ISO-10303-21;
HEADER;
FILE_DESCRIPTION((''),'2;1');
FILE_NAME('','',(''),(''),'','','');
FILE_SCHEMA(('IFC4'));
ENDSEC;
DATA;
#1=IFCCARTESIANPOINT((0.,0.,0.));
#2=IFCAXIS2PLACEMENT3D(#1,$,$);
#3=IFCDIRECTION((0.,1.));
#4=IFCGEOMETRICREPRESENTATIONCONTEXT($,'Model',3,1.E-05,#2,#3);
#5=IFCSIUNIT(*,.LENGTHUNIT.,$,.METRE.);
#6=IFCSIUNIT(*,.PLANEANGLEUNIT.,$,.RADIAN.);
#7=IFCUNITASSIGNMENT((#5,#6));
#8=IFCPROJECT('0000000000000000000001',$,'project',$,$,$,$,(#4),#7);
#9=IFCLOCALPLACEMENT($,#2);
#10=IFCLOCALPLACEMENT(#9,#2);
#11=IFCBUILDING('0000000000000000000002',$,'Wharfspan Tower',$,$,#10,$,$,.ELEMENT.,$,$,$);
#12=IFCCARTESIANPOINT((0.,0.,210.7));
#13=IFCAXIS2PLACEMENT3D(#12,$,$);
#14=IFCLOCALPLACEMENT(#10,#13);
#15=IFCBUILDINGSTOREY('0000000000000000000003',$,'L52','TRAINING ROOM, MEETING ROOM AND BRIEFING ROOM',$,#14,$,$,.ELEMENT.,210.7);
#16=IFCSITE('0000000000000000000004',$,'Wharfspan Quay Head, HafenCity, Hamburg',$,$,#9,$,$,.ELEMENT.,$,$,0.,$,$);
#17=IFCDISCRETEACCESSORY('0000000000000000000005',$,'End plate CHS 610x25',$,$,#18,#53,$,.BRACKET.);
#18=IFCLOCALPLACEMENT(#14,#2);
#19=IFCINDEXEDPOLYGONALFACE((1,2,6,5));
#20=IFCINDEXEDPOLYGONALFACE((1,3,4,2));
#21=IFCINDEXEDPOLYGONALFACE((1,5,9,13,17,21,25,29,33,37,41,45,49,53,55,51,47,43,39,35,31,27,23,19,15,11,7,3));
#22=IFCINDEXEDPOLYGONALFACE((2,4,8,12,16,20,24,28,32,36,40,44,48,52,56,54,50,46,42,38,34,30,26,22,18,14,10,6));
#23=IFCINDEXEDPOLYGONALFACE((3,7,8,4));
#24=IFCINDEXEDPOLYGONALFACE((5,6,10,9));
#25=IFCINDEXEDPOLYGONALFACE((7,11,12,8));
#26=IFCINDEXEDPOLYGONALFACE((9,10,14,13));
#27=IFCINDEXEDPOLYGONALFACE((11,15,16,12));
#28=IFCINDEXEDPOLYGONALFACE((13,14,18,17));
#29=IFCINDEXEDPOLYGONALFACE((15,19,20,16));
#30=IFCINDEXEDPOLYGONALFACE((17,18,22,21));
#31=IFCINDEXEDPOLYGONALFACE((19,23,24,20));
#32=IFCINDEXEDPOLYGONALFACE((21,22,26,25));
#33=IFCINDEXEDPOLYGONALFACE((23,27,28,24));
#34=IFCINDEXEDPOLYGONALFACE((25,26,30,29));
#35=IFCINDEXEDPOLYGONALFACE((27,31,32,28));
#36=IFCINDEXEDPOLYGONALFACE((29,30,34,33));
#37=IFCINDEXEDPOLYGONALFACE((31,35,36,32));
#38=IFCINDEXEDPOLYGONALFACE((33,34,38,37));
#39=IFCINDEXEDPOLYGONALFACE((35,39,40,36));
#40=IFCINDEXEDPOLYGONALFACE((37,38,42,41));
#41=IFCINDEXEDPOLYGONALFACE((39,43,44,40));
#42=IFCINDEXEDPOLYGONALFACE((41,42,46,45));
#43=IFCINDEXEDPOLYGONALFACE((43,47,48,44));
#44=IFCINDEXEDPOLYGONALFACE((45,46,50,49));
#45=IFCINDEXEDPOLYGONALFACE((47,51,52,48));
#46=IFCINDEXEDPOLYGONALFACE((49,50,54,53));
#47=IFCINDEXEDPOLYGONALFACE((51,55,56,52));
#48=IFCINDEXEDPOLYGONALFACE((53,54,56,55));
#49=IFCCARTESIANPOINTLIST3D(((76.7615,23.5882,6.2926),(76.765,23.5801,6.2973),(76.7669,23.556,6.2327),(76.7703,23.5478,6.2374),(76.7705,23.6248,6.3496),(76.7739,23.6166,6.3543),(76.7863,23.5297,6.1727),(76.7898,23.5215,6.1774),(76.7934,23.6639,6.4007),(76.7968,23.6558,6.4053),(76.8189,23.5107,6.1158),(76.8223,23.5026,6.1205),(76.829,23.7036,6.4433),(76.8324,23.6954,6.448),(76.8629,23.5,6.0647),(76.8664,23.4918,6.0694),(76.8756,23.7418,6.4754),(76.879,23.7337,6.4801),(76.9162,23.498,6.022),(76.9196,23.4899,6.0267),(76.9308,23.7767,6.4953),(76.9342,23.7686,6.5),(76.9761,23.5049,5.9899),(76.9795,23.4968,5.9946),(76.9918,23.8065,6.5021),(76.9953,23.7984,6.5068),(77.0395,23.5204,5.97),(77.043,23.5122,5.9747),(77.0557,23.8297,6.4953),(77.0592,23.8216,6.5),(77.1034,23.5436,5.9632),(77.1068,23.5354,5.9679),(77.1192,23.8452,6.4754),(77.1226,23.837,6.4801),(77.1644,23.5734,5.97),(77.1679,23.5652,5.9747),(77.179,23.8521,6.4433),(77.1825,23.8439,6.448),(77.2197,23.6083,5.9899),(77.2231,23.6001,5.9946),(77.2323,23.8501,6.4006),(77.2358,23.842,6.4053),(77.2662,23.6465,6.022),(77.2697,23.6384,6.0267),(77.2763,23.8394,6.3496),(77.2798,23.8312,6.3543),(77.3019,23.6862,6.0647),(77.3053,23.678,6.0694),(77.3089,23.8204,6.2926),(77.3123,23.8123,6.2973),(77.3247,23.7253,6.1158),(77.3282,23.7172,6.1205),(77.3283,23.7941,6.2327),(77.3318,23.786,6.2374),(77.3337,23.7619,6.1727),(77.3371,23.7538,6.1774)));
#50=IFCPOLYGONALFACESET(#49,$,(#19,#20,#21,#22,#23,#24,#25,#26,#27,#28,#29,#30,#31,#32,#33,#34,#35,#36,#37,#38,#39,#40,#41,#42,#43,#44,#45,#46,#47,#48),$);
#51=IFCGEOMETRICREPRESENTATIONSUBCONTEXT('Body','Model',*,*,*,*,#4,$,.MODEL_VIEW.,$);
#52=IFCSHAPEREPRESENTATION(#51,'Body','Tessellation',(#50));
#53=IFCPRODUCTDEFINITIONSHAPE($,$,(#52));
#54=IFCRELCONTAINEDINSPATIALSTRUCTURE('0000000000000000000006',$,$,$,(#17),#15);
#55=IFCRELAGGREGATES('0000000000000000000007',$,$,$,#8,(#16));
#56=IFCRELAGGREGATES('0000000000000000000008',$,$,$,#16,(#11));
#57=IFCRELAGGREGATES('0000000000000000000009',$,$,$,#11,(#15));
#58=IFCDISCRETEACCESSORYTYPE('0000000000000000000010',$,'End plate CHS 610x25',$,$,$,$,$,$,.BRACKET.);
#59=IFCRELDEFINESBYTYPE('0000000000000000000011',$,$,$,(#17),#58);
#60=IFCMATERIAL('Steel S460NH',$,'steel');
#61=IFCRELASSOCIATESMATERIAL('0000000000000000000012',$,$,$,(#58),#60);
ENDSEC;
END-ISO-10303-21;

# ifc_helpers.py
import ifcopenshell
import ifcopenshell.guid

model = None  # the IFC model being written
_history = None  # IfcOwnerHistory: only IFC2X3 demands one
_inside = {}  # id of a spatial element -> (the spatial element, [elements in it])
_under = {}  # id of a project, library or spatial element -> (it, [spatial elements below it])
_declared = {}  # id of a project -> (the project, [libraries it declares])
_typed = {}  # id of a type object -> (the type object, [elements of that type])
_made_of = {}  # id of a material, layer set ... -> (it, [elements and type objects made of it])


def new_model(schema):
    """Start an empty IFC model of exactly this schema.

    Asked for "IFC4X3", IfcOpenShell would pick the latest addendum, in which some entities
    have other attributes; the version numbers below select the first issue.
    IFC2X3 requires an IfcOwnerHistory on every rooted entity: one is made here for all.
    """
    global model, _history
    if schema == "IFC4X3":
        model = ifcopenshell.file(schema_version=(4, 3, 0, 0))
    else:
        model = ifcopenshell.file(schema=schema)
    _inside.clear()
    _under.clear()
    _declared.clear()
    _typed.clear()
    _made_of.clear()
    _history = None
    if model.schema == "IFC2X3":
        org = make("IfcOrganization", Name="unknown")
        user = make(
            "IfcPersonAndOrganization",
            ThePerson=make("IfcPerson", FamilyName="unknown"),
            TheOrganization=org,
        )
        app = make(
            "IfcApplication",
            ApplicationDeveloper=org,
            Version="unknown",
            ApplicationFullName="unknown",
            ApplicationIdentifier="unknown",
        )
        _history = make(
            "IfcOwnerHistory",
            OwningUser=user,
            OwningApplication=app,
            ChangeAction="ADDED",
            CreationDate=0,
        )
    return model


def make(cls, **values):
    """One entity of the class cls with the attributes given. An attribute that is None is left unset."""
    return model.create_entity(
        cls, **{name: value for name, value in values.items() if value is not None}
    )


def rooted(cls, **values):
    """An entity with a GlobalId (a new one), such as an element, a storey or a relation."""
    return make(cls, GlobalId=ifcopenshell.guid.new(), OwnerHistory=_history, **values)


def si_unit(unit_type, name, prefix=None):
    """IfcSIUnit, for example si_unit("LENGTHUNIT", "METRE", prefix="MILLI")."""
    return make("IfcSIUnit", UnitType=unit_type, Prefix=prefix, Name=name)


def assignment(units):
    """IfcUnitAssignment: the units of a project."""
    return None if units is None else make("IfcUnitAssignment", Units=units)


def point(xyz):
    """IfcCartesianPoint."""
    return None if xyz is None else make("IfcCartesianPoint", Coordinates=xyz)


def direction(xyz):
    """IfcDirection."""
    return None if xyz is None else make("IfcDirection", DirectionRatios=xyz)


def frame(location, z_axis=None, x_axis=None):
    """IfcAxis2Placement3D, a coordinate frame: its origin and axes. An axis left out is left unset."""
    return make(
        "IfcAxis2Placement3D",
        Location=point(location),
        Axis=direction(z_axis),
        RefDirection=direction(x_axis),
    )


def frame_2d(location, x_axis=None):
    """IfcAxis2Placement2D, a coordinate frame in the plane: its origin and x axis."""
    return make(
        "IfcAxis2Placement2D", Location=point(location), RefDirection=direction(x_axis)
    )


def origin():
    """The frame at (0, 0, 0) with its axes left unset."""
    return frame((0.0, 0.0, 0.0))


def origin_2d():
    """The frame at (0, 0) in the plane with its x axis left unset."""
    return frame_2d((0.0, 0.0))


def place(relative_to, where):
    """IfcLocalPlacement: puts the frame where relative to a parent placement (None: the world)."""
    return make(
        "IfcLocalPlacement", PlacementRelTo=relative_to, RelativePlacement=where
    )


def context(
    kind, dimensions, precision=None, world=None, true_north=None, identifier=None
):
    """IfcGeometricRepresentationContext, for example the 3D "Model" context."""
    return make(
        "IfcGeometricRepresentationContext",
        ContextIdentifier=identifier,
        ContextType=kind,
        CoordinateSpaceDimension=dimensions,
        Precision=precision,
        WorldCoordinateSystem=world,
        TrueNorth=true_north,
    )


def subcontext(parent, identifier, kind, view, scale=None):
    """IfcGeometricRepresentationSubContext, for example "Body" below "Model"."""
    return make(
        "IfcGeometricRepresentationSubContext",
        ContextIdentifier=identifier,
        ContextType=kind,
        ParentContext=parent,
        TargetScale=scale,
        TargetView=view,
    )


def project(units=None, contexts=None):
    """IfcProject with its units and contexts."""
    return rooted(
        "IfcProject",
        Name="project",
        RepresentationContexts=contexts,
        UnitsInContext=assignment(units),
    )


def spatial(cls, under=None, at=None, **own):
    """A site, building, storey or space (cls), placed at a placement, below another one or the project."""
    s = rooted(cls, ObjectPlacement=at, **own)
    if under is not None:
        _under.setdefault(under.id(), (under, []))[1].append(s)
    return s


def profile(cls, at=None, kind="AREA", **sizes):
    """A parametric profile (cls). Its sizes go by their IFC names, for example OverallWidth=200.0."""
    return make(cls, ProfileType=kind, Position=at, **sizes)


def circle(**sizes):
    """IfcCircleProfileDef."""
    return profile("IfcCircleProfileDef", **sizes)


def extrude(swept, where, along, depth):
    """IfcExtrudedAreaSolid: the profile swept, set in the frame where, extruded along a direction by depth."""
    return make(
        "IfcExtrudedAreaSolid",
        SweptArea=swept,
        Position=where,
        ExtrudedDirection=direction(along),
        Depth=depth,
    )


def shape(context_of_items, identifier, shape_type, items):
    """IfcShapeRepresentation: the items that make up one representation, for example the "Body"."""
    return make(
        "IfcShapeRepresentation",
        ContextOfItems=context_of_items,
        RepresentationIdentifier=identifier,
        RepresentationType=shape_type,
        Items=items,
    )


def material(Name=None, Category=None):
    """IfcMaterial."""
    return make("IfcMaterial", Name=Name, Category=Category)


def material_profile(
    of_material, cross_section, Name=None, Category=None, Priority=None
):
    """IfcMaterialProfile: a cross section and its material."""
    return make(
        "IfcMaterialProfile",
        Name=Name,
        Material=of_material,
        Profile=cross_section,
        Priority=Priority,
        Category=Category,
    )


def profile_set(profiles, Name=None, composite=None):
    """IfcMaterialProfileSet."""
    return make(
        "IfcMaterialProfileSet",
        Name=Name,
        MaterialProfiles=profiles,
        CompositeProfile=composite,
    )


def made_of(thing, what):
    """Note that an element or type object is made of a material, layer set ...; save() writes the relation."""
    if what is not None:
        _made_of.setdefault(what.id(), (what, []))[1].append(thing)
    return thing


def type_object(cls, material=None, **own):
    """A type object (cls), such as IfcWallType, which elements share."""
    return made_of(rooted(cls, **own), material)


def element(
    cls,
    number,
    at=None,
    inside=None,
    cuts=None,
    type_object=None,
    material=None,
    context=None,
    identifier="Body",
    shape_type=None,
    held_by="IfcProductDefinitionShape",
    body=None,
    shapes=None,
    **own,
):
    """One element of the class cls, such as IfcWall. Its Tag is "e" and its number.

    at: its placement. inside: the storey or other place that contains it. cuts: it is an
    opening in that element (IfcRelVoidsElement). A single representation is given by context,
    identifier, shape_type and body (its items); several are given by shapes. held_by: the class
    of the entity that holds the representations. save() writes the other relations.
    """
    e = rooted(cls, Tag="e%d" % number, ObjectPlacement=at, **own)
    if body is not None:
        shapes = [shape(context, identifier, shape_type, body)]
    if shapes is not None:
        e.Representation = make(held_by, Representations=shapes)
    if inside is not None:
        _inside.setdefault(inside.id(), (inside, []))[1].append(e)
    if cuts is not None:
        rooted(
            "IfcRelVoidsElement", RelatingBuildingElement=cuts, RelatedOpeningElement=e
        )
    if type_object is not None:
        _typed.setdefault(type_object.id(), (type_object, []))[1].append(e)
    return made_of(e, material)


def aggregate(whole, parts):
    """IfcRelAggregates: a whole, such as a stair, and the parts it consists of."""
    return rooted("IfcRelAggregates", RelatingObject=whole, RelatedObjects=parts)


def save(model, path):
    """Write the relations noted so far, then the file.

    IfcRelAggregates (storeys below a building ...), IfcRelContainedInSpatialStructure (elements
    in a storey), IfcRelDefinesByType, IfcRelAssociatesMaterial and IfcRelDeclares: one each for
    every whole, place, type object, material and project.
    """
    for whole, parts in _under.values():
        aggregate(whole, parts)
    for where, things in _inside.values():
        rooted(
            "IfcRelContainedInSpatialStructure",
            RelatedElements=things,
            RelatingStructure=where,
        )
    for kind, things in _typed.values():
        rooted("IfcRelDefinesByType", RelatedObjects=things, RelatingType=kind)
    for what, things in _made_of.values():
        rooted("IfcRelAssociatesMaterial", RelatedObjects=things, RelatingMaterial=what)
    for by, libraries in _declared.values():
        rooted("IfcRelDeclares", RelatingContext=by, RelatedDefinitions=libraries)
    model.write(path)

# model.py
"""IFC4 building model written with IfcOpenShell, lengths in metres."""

from ifc_helpers import new_model, si_unit, direction, frame, origin, origin_2d, place, context, subcontext, project, spatial, circle, extrude, material, material_profile, profile_set, type_object, element, save


model = new_model("IFC4")

# Units and contexts
model_context = context("Model", 3, precision=1e-05, world=origin(), true_north=direction((0.0, 1.0)))
body_context = subcontext(model_context, "Body", "Model", "MODEL_VIEW")
ifc_project = project(units=[si_unit("LENGTHUNIT", "METRE"), si_unit("PLANEANGLEUNIT", "RADIAN")], contexts=[model_context])

# Site, building, storey
site_placement = place(None, origin())
site = spatial("IfcSite", under=ifc_project, at=site_placement, Name="Wharfspan Quay Head, HafenCity, Hamburg", CompositionType="ELEMENT", RefElevation=0.0)
building_placement = place(site_placement, origin())
building = spatial("IfcBuilding", under=site, at=building_placement, Name="Wharfspan Tower", CompositionType="ELEMENT")
storey_placement = place(building_placement, frame((0.0, 0.0, 210.7)))
storey = spatial("IfcBuildingStorey", under=building, at=storey_placement, Name="L52", Description="TRAINING ROOM, MEETING ROOM AND BRIEFING ROOM", CompositionType="ELEMENT", Elevation=210.7)

# Discrete accessory
ifc_material_1 = material(Name="Steel S460NH", Category="steel")
ifc_material_profile_1 = material_profile(ifc_material_1, circle(Radius=0.3049, at=origin_2d()))
ifc_profile_set_1 = profile_set([ifc_material_profile_1], Name="Steel S460NH")
discrete_accessory_type = type_object("IfcDiscreteAccessoryType", Name="End plate CHS 610x25", PredefinedType="BRACKET", material=ifc_profile_set_1)
for number, where, z_axis, x_axis, name in (
    (1, (77.0476, 23.675, 6.2327), (0.345075, -0.81339, 0.468316), (0.920586, 0.390551, -0.000002), "End plate CHS 610x25"),
):
    element("IfcDiscreteAccessory", number, at=place(storey_placement, frame(where, z_axis=z_axis, x_axis=x_axis)), inside=storey, type_object=discrete_accessory_type, Name=name, PredefinedType="BRACKET", context=body_context, shape_type="SweptSolid", body=[
        extrude(circle(Radius=0.3049, at=origin_2d()), origin(), (0.0, 0.0, 1.0), 0.01),
    ])

save(model, "model.ifc")
